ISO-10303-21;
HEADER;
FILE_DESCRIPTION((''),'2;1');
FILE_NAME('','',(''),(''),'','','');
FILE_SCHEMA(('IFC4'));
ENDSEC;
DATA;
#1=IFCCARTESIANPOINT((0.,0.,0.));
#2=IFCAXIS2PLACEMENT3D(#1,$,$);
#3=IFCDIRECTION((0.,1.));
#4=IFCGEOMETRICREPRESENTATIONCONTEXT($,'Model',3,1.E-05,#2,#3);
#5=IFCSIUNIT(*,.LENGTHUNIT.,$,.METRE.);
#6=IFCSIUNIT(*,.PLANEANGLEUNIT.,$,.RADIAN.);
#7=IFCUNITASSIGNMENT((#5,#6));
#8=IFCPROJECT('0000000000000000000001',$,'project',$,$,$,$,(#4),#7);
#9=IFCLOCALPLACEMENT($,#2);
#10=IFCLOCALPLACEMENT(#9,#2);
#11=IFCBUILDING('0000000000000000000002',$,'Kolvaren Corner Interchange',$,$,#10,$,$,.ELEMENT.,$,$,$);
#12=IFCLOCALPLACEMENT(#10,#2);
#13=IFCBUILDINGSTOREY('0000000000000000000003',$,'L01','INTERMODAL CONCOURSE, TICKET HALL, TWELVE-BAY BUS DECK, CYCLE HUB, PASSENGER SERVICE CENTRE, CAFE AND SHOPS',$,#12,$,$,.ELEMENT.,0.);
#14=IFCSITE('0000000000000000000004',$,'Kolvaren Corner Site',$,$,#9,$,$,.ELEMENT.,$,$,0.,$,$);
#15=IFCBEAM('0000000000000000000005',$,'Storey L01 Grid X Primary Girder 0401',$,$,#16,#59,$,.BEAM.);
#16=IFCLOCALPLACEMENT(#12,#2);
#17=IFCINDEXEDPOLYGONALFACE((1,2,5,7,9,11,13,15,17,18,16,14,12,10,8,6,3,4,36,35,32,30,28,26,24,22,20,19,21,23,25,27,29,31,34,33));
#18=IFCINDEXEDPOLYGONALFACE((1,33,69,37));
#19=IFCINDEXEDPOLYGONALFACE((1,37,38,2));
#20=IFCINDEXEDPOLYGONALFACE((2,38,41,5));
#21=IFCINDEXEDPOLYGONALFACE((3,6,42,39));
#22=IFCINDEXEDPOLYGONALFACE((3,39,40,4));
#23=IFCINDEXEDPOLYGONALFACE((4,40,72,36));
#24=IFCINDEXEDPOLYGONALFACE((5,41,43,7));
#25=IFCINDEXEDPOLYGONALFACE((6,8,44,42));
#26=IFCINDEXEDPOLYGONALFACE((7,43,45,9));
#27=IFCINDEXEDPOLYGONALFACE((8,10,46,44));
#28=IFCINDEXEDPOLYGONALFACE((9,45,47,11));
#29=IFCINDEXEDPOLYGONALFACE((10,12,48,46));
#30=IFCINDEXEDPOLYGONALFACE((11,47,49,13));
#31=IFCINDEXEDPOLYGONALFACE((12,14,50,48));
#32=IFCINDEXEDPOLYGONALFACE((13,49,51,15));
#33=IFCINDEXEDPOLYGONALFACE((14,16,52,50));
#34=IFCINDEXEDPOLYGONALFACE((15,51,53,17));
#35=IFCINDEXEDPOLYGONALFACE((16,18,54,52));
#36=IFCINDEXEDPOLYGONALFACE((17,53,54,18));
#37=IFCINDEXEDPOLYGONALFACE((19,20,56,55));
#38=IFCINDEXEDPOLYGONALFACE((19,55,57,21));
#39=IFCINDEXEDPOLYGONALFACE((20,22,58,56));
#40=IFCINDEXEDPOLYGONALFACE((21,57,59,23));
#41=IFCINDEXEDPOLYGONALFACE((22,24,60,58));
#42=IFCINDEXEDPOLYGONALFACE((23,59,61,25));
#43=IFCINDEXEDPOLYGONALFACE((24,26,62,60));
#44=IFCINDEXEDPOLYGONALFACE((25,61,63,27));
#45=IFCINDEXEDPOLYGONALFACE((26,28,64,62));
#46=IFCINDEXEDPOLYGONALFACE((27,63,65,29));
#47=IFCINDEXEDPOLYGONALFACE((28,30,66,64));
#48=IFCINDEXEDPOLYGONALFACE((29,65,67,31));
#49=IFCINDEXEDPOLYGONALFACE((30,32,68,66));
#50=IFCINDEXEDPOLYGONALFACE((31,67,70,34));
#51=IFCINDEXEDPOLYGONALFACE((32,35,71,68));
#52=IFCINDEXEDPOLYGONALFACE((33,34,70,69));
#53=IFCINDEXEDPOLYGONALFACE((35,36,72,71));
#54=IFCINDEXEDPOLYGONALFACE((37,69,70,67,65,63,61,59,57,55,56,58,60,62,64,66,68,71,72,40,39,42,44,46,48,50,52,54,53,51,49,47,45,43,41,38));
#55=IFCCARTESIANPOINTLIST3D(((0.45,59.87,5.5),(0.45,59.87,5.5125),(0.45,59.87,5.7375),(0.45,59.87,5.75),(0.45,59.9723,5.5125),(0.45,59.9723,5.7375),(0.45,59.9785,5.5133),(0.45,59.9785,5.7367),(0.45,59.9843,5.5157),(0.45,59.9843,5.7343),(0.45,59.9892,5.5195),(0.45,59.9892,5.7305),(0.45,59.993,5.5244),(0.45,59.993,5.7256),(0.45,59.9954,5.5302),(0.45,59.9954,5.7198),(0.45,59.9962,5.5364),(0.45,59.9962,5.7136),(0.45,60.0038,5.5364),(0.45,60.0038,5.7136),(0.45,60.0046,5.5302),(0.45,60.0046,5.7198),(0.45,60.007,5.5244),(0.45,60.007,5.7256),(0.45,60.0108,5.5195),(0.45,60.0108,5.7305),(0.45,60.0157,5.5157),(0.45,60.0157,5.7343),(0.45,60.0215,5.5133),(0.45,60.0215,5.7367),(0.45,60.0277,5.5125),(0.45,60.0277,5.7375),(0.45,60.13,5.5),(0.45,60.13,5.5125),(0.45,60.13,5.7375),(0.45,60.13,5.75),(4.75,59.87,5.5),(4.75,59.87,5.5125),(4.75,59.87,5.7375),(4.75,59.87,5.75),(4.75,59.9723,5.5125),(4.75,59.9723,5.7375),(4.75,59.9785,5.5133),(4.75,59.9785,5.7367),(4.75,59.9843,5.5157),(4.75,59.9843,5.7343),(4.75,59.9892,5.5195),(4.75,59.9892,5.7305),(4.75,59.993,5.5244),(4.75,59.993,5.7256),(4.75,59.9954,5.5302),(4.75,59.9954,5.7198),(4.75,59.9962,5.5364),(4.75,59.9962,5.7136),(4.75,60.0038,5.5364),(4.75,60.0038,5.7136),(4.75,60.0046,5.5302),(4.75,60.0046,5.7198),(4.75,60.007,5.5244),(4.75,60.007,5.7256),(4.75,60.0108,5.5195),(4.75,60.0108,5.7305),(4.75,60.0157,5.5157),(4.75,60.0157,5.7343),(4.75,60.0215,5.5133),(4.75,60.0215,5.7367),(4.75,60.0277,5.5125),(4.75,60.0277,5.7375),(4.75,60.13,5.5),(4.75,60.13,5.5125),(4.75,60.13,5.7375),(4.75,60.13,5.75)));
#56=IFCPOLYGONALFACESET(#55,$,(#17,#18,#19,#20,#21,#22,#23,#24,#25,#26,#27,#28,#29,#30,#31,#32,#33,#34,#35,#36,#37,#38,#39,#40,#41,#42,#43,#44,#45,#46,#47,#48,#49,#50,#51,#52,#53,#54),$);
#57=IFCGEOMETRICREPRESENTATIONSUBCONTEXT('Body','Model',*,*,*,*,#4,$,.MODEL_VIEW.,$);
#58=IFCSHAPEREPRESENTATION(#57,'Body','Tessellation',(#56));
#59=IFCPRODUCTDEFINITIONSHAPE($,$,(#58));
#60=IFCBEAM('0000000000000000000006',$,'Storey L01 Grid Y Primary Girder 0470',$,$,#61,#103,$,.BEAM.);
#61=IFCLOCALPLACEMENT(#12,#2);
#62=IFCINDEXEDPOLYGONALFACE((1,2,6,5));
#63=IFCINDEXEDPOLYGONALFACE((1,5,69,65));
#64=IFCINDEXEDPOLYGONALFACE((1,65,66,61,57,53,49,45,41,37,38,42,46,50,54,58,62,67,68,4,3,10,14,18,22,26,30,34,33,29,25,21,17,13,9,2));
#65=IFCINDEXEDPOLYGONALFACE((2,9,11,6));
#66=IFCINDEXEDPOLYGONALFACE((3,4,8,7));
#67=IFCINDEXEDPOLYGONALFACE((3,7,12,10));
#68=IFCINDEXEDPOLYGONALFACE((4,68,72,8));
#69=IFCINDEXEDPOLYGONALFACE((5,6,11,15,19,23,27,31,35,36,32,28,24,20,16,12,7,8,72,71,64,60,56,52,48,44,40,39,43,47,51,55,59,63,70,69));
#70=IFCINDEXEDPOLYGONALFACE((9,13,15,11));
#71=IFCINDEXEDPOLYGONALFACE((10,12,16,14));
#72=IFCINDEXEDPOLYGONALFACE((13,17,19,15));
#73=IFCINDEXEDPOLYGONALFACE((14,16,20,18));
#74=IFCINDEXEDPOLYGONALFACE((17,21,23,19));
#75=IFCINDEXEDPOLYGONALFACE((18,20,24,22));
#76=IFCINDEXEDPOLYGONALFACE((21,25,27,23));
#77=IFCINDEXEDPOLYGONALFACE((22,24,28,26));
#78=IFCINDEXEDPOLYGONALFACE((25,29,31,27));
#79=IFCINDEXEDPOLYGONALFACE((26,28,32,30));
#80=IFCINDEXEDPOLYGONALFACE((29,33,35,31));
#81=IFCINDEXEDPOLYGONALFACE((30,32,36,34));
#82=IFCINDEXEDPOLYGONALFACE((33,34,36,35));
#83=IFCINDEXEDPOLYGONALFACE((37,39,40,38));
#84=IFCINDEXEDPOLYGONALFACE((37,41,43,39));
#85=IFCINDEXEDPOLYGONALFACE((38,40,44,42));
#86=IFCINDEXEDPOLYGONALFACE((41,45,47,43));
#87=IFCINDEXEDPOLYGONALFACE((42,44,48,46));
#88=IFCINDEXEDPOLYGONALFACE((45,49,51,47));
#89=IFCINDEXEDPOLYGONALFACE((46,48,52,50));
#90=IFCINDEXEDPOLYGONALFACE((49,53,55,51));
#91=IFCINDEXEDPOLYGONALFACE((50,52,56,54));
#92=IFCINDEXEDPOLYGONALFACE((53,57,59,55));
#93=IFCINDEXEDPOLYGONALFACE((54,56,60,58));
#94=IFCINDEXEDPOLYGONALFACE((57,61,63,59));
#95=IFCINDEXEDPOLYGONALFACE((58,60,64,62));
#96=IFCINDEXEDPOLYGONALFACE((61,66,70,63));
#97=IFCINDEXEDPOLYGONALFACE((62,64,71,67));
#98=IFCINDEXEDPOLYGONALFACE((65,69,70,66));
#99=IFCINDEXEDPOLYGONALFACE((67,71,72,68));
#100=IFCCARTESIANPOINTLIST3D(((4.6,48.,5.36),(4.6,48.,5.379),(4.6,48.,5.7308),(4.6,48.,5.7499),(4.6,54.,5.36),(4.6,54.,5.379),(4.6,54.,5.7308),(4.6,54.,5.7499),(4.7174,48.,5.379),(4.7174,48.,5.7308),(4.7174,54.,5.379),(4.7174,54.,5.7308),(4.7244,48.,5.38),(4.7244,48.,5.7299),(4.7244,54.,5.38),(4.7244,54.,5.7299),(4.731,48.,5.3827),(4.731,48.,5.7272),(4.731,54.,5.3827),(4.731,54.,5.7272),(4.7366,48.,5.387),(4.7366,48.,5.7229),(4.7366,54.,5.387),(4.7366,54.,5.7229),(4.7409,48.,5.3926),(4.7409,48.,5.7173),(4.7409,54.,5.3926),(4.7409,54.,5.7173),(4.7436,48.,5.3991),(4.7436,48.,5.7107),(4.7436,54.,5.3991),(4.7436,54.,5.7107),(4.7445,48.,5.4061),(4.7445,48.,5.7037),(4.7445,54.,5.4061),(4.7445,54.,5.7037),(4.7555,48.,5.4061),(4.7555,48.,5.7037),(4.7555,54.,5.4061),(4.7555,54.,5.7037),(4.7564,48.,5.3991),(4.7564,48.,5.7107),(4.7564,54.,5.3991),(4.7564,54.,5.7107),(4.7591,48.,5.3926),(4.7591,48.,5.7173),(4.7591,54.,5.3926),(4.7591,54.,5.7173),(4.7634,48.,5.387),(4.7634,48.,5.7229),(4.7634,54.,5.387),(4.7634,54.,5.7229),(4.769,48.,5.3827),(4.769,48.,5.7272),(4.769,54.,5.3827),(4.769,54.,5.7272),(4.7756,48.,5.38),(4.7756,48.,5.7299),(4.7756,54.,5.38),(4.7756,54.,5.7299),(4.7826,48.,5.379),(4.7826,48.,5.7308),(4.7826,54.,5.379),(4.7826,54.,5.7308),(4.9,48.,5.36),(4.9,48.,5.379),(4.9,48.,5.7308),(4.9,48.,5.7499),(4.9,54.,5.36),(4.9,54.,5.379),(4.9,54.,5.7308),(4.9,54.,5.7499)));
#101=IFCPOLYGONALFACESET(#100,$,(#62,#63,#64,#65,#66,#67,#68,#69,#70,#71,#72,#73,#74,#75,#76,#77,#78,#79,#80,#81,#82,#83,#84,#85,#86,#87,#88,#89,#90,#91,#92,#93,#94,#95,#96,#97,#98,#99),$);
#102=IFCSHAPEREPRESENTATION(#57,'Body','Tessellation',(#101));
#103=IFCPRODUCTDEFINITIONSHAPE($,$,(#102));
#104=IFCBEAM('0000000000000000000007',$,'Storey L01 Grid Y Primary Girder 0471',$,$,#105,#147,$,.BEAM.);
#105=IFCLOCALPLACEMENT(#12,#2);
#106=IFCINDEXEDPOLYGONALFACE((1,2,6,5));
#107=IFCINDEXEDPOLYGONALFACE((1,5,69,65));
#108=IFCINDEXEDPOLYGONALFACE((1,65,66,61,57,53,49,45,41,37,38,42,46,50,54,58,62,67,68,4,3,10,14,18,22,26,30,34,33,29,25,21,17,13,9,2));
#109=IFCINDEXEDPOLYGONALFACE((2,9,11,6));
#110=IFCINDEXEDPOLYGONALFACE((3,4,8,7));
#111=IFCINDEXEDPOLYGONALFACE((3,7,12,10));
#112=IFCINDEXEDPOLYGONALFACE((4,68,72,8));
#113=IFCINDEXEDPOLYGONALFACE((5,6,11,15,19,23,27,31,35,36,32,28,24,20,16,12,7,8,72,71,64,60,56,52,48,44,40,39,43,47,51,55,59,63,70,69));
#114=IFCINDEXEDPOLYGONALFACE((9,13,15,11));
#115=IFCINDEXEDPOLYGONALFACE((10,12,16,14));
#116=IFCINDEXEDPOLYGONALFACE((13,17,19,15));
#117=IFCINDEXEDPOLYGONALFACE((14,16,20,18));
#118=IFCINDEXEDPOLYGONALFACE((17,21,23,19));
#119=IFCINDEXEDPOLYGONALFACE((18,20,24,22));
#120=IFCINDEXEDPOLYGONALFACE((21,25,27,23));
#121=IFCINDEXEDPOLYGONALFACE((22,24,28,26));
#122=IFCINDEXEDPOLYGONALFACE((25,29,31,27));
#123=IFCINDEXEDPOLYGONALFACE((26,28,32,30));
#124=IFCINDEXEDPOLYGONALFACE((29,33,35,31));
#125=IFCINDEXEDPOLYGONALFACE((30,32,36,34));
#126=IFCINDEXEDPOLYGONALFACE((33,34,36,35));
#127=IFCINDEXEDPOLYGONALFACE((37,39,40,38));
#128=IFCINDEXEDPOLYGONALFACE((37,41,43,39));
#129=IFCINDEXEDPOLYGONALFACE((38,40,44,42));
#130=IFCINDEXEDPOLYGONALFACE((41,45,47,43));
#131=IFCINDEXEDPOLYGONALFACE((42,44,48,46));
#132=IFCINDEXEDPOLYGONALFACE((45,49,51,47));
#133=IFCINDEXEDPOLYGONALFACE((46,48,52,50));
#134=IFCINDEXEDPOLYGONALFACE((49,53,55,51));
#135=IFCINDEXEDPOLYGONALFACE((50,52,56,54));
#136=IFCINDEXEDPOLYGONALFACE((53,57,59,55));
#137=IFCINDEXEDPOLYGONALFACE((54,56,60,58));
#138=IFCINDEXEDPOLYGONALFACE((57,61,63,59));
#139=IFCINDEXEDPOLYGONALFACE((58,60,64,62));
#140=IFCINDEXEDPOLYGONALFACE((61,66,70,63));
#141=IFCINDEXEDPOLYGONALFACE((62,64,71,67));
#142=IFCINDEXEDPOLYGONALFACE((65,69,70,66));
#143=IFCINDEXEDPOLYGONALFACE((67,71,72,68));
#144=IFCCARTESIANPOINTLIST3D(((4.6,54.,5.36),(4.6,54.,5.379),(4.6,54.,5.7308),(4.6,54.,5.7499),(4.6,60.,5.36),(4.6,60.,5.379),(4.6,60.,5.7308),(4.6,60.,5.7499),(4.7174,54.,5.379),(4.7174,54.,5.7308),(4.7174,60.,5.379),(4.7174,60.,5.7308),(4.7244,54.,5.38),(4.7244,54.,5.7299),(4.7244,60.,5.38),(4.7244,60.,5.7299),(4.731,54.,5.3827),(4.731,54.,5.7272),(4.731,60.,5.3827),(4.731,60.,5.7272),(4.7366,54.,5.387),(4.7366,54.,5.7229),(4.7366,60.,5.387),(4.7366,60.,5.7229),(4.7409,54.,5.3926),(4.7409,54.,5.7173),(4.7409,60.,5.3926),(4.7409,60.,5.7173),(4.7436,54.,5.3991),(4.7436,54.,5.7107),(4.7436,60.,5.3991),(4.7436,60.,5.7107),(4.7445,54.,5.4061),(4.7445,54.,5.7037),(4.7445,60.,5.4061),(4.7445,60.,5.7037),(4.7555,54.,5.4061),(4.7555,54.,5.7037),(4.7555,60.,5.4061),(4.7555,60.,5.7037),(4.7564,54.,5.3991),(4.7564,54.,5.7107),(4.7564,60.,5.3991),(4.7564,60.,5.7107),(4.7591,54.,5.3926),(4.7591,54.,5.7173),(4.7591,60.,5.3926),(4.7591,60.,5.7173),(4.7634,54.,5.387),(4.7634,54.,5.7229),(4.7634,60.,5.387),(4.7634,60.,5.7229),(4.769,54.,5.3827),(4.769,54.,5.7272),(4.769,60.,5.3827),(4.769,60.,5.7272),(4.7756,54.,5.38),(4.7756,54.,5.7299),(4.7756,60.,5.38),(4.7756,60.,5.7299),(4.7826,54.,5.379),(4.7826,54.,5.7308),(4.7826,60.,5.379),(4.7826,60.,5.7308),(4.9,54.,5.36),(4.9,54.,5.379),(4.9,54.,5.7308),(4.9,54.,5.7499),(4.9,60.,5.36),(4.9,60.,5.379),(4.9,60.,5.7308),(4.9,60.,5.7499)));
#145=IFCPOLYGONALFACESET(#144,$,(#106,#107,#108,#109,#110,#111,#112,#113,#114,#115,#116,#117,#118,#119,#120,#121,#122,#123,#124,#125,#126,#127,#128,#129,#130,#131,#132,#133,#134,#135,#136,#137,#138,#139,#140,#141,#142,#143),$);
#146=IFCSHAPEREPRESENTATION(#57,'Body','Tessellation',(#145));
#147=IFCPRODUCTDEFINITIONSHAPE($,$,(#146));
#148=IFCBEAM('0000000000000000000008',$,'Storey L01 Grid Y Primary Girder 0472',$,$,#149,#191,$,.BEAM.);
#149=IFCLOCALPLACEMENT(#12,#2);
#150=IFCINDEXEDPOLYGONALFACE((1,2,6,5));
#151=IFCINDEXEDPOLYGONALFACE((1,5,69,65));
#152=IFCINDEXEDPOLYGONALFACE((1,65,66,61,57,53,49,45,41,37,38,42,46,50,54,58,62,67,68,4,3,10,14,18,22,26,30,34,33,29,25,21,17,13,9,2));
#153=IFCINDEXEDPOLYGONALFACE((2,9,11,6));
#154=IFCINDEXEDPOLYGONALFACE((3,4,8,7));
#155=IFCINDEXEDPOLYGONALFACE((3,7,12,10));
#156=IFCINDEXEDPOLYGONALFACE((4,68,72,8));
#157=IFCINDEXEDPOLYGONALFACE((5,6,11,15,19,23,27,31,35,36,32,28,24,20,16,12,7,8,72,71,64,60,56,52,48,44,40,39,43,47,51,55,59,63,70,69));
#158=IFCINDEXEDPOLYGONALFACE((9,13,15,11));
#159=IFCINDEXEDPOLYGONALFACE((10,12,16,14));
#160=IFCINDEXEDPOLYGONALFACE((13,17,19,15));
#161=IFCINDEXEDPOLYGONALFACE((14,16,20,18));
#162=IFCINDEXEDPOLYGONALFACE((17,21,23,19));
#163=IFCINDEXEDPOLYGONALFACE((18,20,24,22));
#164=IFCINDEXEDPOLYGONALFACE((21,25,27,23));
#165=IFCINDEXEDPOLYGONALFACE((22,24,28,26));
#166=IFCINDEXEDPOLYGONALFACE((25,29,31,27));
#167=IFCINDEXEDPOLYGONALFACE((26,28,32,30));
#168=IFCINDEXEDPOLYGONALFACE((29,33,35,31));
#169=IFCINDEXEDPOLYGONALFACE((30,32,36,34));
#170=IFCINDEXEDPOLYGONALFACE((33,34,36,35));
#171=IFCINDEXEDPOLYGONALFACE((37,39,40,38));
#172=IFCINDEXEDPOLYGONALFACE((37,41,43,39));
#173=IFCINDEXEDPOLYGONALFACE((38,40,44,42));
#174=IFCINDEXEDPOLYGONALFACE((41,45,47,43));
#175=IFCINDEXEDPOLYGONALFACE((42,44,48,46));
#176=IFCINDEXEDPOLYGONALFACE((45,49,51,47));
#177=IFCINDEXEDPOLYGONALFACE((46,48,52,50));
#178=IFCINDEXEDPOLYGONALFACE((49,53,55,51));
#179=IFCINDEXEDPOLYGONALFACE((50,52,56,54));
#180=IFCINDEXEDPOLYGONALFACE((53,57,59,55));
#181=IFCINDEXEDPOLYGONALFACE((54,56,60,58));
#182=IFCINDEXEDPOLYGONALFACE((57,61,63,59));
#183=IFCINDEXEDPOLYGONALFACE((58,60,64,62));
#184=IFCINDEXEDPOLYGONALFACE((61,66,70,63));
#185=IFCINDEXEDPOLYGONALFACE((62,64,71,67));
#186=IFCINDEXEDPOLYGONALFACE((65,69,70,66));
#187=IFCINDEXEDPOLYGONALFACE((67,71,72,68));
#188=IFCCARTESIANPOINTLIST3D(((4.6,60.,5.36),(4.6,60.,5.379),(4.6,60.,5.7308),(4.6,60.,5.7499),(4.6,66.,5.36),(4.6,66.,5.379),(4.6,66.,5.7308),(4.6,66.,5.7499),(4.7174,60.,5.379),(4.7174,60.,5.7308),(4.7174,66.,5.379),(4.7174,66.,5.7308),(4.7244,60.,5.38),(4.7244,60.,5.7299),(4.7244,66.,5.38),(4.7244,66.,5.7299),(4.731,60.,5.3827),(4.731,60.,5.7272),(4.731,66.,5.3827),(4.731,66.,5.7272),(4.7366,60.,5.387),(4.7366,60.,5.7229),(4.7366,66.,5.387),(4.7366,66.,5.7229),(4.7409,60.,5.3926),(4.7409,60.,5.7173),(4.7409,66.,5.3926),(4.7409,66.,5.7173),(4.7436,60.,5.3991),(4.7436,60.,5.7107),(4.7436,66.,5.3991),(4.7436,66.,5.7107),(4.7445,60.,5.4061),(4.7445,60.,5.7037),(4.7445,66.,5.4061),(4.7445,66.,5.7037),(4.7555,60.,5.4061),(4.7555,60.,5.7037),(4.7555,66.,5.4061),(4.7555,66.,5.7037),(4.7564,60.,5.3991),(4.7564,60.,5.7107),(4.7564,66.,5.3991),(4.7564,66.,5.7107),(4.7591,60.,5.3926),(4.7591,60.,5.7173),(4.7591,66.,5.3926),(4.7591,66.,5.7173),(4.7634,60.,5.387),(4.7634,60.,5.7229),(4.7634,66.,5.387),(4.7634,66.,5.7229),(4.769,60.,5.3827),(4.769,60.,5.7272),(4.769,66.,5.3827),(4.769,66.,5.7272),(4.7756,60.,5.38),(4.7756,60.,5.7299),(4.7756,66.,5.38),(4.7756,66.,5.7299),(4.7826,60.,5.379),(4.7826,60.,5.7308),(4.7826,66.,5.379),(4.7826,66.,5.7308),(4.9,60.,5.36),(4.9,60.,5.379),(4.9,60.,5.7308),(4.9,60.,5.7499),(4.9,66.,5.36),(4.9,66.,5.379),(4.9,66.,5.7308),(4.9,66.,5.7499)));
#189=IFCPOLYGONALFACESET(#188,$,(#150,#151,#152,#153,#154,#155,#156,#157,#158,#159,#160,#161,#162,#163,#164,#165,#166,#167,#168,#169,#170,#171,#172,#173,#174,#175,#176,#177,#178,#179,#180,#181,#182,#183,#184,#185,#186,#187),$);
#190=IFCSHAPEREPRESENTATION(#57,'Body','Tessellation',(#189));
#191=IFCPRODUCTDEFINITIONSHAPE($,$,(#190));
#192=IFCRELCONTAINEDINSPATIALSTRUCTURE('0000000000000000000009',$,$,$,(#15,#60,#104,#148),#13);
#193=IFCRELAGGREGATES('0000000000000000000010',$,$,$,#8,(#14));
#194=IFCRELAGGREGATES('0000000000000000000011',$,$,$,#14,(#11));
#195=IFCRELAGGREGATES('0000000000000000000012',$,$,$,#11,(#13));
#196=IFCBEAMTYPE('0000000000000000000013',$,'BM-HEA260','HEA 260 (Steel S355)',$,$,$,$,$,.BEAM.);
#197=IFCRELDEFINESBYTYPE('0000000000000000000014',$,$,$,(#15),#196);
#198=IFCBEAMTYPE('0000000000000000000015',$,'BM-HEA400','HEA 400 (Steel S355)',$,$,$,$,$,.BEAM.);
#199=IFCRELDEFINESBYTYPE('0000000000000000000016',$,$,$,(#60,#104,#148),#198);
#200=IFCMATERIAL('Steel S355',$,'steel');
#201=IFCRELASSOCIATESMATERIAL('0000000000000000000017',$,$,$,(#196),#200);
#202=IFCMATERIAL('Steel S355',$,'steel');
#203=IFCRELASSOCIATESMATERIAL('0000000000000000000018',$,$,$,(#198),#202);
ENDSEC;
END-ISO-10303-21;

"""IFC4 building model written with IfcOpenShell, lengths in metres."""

from ifc_helpers import new_model, si_unit, direction, frame, origin, origin_2d, place, context, subcontext, project, spatial, i_section, extrude, material, material_profile, profile_set, type_object, element, save


model = new_model("IFC4")

# Units and contexts
model_context = context("Model", 3, precision=1e-05, world=origin(), true_north=direction((0.0, 1.0)))
body_context = subcontext(model_context, "Body", "Model", "MODEL_VIEW")
ifc_project = project(units=[si_unit("LENGTHUNIT", "METRE"), si_unit("PLANEANGLEUNIT", "RADIAN")], contexts=[model_context])

# Site, building, storey
site_placement = place(None, origin())
site = spatial("IfcSite", under=ifc_project, at=site_placement, Name="Kolvaren Corner Site", CompositionType="ELEMENT", RefElevation=0.0)
building_placement = place(site_placement, origin())
building = spatial("IfcBuilding", under=site, at=building_placement, Name="Kolvaren Corner Interchange", CompositionType="ELEMENT")
storey_placement = place(building_placement, origin())
storey = spatial("IfcBuildingStorey", under=building, at=storey_placement, Name="L01", Description="INTERMODAL CONCOURSE, TICKET HALL, TWELVE-BAY BUS DECK, CYCLE HUB, PASSENGER SERVICE CENTRE, CAFE AND SHOPS", CompositionType="ELEMENT", Elevation=0.0)

# Beams
ifc_material_1 = material(Name="Steel S355", Category="steel")
ifc_material_profile_1 = material_profile(ifc_material_1, i_section(OverallWidth=0.26, OverallDepth=0.25, WebThickness=0.0076, FlangeThickness=0.0125, FilletRadius=0.0239, at=origin_2d()), Name="HEA 260")
ifc_profile_set_1 = profile_set([ifc_material_profile_1], Name="Steel S355")
beam_type_1 = type_object("IfcBeamType", Name="BM-HEA260", Description="HEA 260 (Steel S355)", PredefinedType="BEAM", material=ifc_profile_set_1)
for number, where, z_axis, x_axis, name in (
    (1, (0.45, 60.0, 5.625), (1.0, 0.0, 0.0), (0.0, 1.0, 0.0), "Storey L01 Grid X Primary Girder 0401"),
):
    element("IfcBeam", number, at=place(storey_placement, frame(where, z_axis=z_axis, x_axis=x_axis)), inside=storey, type_object=beam_type_1, Name=name, PredefinedType="BEAM", context=body_context, shape_type="SweptSolid", body=[
        extrude(i_section(OverallWidth=0.26, OverallDepth=0.25, WebThickness=0.0076, FlangeThickness=0.0125, FilletRadius=0.0239, at=origin_2d()), origin(), (0.0, 0.0, 1.0), 4.3),
    ])
ifc_material_2 = material(Name="Steel S355", Category="steel")
ifc_material_profile_2 = material_profile(ifc_material_2, i_section(OverallWidth=0.3, OverallDepth=0.3899, WebThickness=0.011, FlangeThickness=0.019, FilletRadius=0.0271, at=origin_2d()), Name="HEA 400")
ifc_profile_set_2 = profile_set([ifc_material_profile_2], Name="Steel S355")
beam_type_2 = type_object("IfcBeamType", Name="BM-HEA400", Description="HEA 400 (Steel S355)", PredefinedType="BEAM", material=ifc_profile_set_2)
for number, where, z_axis, x_axis, name in (
    (2, (4.75, 48.0, 5.5549), (0.0, 1.0, 0.0), (-1.0, 0.0, 0.0), "Storey L01 Grid Y Primary Girder 0470"),
    (3, (4.75, 54.0, 5.5549), (0.0, 1.0, 0.0), (-1.0, 0.0, 0.0), "Storey L01 Grid Y Primary Girder 0471"),
    (4, (4.75, 60.0, 5.5549), (0.0, 1.0, 0.0), (-1.0, 0.0, 0.0), "Storey L01 Grid Y Primary Girder 0472"),
):
    element("IfcBeam", number, at=place(storey_placement, frame(where, z_axis=z_axis, x_axis=x_axis)), inside=storey, type_object=beam_type_2, Name=name, PredefinedType="BEAM", context=body_context, shape_type="SweptSolid", body=[
        extrude(i_section(OverallWidth=0.3, OverallDepth=0.3899, WebThickness=0.011, FlangeThickness=0.019, FilletRadius=0.0271, at=origin_2d()), origin(), (0.0, 0.0, 1.0), 6.0),
    ])

save(model, "model.ifc")
